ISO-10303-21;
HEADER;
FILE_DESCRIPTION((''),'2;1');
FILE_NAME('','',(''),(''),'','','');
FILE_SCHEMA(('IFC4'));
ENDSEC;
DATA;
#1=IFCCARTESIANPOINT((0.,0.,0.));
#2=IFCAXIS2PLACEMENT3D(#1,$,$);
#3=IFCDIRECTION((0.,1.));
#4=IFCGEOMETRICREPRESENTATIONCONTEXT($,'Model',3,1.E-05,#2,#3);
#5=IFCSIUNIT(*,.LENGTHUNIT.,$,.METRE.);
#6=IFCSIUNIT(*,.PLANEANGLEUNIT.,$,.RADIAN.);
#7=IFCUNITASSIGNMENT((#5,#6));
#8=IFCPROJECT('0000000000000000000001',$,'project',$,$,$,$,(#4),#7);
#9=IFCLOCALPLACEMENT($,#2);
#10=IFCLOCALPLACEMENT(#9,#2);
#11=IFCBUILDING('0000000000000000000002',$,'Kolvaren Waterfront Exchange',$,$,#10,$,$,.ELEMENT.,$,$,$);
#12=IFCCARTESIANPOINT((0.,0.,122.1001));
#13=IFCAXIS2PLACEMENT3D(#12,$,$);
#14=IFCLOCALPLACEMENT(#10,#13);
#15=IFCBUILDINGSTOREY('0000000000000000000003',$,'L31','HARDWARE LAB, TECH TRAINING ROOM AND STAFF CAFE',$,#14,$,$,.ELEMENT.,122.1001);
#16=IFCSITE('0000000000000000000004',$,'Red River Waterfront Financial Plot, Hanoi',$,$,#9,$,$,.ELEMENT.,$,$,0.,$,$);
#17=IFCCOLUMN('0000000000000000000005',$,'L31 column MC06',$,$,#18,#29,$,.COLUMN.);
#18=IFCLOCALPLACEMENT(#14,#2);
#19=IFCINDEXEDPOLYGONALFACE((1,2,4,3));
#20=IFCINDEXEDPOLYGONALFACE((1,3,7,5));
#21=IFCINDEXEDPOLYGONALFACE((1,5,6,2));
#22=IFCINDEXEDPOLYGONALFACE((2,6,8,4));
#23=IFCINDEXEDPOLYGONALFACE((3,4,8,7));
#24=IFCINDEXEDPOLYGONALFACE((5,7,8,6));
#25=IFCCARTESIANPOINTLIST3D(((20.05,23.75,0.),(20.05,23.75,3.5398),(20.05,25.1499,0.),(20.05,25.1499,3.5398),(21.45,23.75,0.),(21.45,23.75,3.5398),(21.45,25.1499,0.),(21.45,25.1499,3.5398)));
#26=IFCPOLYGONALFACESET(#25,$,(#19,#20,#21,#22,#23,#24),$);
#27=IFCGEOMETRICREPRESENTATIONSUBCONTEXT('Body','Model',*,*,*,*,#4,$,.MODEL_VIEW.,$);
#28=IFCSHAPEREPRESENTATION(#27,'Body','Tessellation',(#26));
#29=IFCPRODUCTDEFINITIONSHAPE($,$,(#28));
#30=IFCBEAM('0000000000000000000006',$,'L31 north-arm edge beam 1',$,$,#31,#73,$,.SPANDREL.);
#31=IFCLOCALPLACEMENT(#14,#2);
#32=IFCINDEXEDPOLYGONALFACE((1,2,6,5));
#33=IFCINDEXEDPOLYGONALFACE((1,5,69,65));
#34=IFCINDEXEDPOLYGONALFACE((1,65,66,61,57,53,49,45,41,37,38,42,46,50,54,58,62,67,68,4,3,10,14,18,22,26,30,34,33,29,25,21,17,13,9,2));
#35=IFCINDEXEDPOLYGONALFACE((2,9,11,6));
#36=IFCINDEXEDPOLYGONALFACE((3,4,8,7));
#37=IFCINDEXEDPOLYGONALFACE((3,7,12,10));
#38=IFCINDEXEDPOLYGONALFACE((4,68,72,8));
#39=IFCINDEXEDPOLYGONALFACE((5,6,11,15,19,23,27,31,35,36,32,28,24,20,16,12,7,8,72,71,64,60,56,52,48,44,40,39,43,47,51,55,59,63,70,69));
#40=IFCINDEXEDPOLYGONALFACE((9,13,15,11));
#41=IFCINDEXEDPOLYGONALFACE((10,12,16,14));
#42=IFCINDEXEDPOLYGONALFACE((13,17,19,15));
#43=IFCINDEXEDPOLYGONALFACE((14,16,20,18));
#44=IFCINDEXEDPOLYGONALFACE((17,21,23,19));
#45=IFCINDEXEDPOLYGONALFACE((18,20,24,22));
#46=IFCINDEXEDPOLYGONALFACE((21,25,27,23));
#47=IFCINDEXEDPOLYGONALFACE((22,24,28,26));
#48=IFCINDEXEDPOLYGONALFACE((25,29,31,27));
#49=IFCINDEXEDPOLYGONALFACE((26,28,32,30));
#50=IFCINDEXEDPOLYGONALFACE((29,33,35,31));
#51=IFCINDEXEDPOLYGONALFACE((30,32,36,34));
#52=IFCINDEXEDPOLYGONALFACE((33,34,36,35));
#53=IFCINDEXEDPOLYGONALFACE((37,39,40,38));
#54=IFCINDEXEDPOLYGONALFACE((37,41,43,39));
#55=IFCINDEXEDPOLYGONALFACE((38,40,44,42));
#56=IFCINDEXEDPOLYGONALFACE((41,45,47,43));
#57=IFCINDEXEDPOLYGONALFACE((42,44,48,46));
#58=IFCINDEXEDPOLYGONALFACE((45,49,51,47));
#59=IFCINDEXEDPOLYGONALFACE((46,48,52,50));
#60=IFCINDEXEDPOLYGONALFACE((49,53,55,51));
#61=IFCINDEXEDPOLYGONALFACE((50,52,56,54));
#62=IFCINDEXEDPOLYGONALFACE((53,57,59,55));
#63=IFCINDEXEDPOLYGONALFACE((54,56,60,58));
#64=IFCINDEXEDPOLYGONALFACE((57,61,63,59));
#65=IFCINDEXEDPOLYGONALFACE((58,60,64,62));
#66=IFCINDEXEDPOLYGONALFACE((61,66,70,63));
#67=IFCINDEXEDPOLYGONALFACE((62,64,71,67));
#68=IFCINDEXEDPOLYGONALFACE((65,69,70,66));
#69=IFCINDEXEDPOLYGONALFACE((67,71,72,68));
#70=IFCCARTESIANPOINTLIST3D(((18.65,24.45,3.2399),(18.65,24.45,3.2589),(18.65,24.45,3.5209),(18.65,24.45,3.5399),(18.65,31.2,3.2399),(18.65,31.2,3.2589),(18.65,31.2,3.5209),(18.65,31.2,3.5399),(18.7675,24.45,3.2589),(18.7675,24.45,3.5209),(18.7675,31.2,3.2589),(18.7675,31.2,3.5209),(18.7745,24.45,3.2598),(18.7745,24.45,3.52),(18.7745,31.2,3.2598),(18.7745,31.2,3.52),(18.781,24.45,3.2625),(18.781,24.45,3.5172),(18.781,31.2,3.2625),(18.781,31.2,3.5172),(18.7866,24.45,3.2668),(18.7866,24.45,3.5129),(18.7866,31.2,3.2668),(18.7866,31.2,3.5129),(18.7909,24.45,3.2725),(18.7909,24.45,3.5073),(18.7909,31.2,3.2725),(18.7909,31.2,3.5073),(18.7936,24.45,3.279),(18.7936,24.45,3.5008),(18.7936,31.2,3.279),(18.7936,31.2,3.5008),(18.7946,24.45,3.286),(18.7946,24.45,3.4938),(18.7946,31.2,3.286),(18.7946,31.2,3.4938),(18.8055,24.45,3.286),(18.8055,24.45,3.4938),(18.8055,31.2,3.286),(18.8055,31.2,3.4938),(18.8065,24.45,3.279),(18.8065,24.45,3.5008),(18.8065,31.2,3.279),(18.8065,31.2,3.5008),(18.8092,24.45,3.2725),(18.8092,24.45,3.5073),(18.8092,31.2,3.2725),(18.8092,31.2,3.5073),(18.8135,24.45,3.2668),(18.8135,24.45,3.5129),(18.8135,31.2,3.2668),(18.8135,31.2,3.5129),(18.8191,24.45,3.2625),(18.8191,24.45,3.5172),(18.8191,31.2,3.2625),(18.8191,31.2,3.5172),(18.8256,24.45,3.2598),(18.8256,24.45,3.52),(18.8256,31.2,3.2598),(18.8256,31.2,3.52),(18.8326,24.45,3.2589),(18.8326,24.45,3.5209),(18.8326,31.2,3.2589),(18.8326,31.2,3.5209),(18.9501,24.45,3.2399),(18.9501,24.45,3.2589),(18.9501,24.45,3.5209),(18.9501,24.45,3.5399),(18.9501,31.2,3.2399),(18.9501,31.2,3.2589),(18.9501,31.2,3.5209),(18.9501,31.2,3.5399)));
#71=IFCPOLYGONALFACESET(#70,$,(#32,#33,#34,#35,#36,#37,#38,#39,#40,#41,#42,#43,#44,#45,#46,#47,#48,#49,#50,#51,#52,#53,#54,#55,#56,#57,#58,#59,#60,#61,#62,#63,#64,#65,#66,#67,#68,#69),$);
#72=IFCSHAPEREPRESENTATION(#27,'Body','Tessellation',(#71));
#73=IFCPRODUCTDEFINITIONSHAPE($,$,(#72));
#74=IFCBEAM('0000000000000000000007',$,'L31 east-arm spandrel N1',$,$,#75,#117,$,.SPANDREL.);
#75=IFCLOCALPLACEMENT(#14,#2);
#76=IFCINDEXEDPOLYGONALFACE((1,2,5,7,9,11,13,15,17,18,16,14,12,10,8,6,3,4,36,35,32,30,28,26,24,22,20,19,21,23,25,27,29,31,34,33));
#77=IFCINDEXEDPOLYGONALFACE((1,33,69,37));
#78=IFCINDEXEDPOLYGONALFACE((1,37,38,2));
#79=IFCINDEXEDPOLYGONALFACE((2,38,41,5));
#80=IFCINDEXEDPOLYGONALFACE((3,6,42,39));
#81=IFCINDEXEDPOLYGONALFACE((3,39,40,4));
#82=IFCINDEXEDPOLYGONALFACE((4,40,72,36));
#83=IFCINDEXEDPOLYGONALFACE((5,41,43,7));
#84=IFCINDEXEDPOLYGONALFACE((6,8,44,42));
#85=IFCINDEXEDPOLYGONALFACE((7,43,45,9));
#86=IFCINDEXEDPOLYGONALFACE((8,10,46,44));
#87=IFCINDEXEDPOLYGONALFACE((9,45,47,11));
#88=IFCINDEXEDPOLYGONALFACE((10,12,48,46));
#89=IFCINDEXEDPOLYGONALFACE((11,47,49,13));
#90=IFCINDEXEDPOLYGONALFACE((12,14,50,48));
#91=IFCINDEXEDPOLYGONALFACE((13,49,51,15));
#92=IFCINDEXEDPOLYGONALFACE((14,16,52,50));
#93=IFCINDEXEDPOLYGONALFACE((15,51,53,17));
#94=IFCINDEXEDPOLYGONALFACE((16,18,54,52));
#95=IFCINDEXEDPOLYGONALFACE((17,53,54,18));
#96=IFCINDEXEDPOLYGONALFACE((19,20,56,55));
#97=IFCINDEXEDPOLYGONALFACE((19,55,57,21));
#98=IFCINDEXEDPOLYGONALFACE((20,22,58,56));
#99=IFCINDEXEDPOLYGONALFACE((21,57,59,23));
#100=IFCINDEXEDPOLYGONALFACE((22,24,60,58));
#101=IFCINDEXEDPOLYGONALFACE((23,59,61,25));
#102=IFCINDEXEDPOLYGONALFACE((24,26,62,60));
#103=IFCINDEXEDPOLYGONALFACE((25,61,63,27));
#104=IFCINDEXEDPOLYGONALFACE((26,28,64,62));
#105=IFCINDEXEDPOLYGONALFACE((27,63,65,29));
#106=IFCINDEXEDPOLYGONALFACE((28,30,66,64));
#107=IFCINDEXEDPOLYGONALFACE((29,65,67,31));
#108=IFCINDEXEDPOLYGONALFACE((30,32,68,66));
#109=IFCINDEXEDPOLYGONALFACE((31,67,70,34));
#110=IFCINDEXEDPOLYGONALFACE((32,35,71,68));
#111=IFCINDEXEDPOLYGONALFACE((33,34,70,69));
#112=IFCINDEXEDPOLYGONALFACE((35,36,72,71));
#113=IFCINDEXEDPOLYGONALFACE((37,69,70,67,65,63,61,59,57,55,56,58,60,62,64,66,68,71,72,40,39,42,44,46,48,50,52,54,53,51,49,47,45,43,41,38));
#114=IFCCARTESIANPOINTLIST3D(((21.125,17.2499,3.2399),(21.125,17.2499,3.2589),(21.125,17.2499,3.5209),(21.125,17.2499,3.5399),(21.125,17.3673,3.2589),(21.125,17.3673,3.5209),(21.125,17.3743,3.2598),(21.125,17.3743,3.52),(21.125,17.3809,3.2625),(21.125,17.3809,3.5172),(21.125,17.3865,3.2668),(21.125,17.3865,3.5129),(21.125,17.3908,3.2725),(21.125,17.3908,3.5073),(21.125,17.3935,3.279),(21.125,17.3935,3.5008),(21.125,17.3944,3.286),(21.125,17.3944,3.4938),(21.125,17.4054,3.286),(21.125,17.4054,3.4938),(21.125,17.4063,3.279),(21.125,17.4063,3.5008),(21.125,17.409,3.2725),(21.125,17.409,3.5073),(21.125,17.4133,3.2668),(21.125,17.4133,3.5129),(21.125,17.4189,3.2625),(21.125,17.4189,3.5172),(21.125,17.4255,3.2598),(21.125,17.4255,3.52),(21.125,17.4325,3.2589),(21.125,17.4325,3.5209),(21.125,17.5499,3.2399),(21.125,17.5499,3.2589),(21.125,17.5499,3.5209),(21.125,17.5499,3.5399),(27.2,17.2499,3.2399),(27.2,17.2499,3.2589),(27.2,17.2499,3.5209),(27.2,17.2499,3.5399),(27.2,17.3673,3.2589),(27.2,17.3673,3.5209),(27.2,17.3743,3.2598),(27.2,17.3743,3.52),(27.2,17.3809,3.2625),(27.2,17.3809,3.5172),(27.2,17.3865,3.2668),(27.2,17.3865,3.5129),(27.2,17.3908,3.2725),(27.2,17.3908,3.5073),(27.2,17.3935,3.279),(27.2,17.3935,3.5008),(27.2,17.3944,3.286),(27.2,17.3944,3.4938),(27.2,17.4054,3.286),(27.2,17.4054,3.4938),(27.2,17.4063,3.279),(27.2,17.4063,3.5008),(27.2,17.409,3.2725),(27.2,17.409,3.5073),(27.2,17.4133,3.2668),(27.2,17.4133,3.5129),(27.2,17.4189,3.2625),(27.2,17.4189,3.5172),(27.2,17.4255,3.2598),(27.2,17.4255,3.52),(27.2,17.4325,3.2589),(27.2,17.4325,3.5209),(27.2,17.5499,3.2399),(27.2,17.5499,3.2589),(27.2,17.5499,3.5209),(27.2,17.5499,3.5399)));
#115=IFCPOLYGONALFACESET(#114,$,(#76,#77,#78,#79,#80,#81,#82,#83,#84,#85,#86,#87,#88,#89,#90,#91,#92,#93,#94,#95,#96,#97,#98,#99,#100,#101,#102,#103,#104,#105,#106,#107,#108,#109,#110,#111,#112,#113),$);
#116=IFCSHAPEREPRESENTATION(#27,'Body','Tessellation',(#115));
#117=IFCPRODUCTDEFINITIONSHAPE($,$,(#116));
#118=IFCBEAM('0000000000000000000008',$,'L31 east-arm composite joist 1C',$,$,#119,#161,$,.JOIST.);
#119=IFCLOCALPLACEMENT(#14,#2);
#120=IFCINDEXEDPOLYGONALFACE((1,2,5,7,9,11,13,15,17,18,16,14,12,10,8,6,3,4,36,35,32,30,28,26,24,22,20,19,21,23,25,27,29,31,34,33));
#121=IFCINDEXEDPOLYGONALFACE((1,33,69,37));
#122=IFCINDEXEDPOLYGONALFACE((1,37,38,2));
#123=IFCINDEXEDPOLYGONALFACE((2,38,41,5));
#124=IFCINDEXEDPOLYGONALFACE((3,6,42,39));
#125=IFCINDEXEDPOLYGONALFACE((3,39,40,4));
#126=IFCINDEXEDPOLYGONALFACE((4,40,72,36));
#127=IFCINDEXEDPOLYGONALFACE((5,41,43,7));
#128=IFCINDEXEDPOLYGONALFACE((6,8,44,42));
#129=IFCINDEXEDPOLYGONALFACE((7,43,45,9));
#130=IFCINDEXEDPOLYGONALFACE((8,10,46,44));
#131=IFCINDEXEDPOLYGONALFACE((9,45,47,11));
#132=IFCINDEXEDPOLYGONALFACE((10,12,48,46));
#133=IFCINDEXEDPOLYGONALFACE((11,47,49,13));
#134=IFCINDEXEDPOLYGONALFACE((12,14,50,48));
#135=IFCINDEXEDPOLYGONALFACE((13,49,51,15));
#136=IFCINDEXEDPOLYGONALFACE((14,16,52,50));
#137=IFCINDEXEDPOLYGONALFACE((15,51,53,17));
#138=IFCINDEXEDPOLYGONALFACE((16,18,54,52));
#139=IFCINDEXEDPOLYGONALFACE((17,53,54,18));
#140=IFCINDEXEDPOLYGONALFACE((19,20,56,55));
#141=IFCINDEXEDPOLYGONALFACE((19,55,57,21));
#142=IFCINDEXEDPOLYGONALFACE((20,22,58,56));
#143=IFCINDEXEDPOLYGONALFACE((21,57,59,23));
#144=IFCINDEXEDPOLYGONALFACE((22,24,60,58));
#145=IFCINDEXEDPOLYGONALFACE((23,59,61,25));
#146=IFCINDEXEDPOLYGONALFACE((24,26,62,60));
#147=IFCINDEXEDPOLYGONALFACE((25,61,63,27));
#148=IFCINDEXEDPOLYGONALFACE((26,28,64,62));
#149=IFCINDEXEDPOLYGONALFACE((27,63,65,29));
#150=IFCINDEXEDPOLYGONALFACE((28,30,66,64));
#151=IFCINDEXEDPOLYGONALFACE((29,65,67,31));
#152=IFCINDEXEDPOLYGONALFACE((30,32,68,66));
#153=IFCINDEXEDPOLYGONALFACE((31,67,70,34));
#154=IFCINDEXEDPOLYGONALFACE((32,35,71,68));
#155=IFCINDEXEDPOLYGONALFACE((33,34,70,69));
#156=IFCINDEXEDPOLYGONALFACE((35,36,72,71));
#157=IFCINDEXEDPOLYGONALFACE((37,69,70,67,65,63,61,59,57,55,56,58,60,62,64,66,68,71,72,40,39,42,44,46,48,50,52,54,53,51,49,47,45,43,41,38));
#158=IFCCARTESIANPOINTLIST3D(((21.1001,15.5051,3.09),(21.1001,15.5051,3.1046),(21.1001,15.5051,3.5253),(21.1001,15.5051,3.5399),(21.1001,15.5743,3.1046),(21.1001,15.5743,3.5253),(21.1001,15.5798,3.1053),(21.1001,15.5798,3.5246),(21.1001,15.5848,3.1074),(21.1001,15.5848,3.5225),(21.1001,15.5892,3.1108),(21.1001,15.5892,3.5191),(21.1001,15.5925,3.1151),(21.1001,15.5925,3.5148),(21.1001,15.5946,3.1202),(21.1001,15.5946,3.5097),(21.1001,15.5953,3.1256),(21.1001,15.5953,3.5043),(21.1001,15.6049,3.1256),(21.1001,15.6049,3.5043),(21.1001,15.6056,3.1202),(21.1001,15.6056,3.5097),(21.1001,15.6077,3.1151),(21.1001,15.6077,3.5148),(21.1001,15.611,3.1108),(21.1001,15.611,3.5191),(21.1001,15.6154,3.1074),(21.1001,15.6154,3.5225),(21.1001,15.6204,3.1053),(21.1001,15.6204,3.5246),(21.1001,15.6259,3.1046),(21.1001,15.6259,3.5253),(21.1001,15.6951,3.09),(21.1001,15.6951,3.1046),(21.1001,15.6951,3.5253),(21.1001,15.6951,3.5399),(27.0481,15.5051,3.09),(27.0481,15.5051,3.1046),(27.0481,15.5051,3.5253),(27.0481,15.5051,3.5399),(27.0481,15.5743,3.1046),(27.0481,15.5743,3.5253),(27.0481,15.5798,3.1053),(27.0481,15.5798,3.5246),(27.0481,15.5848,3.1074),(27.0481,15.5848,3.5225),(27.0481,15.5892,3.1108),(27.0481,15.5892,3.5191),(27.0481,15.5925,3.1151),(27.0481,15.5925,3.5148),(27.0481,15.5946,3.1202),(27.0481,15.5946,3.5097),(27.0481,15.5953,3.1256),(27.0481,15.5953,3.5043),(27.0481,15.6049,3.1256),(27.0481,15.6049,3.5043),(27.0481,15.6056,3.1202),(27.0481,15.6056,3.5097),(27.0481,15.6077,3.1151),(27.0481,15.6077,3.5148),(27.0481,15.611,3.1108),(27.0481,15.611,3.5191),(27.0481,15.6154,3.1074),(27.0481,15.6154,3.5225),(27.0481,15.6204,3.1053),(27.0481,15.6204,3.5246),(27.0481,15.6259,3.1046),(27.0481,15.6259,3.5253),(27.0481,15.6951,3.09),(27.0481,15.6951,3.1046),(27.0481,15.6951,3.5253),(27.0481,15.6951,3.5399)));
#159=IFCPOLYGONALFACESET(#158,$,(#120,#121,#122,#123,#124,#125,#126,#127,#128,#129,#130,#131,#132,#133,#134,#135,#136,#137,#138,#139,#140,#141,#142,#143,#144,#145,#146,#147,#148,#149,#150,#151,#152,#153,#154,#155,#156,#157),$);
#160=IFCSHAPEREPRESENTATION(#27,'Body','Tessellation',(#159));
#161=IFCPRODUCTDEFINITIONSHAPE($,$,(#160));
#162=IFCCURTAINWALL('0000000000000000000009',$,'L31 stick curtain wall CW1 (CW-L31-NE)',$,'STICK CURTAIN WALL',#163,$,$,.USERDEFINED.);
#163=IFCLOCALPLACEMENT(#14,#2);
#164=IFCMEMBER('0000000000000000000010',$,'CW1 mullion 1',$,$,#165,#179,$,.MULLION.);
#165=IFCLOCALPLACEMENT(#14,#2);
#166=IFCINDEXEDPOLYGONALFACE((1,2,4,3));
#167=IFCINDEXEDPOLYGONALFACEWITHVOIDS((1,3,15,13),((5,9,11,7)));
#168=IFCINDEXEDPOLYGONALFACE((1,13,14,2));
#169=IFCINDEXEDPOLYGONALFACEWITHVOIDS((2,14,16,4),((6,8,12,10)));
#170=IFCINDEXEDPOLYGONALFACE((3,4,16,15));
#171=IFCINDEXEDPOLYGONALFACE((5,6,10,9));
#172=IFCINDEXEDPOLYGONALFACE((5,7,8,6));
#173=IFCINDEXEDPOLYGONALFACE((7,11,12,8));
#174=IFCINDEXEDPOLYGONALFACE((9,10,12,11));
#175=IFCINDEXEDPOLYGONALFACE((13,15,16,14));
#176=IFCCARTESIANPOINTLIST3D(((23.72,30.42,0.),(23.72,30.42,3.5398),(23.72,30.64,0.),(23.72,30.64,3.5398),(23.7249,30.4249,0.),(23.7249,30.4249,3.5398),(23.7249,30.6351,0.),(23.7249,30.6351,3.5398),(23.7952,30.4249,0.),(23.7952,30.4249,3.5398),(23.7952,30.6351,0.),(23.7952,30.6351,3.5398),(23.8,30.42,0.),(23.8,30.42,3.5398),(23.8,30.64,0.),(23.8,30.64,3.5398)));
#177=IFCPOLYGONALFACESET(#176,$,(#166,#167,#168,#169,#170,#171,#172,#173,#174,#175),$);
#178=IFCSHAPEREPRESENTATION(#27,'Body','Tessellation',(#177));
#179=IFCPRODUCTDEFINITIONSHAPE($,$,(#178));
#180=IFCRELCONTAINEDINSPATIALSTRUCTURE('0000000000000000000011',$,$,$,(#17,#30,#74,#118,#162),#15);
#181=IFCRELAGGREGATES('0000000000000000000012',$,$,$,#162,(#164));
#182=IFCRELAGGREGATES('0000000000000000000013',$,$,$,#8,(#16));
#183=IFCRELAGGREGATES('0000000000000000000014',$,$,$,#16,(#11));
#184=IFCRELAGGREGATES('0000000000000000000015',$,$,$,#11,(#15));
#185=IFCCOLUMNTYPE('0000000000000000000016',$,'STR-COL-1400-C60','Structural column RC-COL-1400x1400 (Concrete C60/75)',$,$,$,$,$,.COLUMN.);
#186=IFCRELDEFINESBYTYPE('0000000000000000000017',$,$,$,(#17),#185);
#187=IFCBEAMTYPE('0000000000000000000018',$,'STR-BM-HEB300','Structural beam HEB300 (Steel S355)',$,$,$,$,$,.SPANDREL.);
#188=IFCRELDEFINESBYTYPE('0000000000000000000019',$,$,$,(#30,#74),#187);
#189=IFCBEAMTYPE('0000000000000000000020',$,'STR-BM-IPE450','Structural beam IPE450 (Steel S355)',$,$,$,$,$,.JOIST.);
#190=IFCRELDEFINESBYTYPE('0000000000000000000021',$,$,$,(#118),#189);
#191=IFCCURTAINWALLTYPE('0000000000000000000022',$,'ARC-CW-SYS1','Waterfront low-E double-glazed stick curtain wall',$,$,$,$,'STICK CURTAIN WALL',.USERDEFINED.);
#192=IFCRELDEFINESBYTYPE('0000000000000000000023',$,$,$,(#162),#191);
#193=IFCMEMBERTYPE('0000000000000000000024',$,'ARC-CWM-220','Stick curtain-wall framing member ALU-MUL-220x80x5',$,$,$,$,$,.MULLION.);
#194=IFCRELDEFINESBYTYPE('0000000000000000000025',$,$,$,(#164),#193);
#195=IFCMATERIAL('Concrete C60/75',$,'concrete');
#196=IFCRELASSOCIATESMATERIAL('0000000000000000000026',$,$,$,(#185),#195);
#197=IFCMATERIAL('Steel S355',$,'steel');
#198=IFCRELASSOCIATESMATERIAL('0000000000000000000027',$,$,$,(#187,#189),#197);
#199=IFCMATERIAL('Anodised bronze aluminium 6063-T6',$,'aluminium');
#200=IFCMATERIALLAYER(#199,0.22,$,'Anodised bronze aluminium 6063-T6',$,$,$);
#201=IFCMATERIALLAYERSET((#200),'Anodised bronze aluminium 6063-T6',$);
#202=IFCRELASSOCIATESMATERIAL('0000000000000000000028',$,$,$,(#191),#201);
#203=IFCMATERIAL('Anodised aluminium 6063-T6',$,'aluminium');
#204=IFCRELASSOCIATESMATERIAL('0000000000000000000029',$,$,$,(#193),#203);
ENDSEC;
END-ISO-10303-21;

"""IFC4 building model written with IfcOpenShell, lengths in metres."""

from ifc_helpers import new_model, si_unit, direction, frame, origin, origin_with_axes, origin_2d, place, context, subcontext, project, spatial, rectangle, hollow_rectangle, i_section, extrude, source, transform, mapped, material, layer, layer_set, material_profile, profile_set, type_object, element, aggregate, save


model = new_model("IFC4")

# Units and contexts
model_context = context("Model", 3, precision=1e-05, world=origin(), true_north=direction((0.0, 1.0)))
body_context = subcontext(model_context, "Body", "Model", "MODEL_VIEW")
ifc_project = project(units=[si_unit("LENGTHUNIT", "METRE"), si_unit("PLANEANGLEUNIT", "RADIAN")], contexts=[model_context])

# Site, building, storey
site_placement = place(None, origin())
site = spatial("IfcSite", under=ifc_project, at=site_placement, Name="Red River Waterfront Financial Plot, Hanoi", CompositionType="ELEMENT", RefElevation=0.0)
building_placement = place(site_placement, origin())
building = spatial("IfcBuilding", under=site, at=building_placement, Name="Kolvaren Waterfront Exchange", CompositionType="ELEMENT")
storey_placement = place(building_placement, frame((0.0, 0.0, 122.1001)))
storey = spatial("IfcBuildingStorey", under=building, at=storey_placement, Name="L31", Description="HARDWARE LAB, TECH TRAINING ROOM AND STAFF CAFE", CompositionType="ELEMENT", Elevation=122.1001)

# Column
ifc_material_1 = material(Name="Concrete C60/75", Category="concrete")
ifc_material_profile_1 = material_profile(ifc_material_1, rectangle(XDim=1.3999, YDim=1.3999, at=origin_2d()), Name="RC-COL-1400x1400")
ifc_profile_set_1 = profile_set([ifc_material_profile_1], Name="Concrete C60/75")
column_type = type_object("IfcColumnType", Name="STR-COL-1400-C60", Description="Structural column RC-COL-1400x1400 (Concrete C60/75)", PredefinedType="COLUMN", material=ifc_profile_set_1)
column_placement = place(storey_placement, frame((20.75, 24.45, 0.0), z_axis=(0.0, 0.0, 1.0), x_axis=(1.0, 0.0, 0.0)))
element("IfcColumn", 1, at=column_placement, inside=storey, type_object=column_type, Name="L31 column MC06", PredefinedType="COLUMN", context=body_context, shape_type="SweptSolid", body=[
    extrude(rectangle(XDim=1.3999, YDim=1.3999, at=origin_2d()), origin(), (0.0, 0.0, 1.0), 3.5398),
])

# Beams
ifc_material_2 = material(Name="Steel S355", Category="steel")
ifc_material_profile_2 = material_profile(ifc_material_2, i_section(OverallWidth=0.3, OverallDepth=0.3, WebThickness=0.011, FlangeThickness=0.019, FilletRadius=0.0271, at=origin_2d()), Name="HEB300")
ifc_profile_set_2 = profile_set([ifc_material_profile_2], Name="Steel S355")
beam_type_1 = type_object("IfcBeamType", Name="STR-BM-HEB300", Description="Structural beam HEB300 (Steel S355)", PredefinedType="SPANDREL", material=ifc_profile_set_2)
beam_1_placement = place(storey_placement, frame((18.8, 24.45, 3.3899), z_axis=(0.0, 1.0, 0.0), x_axis=(-1.0, 0.0, 0.0)))
element("IfcBeam", 2, at=beam_1_placement, inside=storey, type_object=beam_type_1, Name="L31 north-arm edge beam 1", PredefinedType="SPANDREL", context=body_context, shape_type="SweptSolid", body=[
    extrude(i_section(OverallWidth=0.3, OverallDepth=0.3, WebThickness=0.011, FlangeThickness=0.019, FilletRadius=0.0271, at=origin_2d()), origin(), (0.0, 0.0, 1.0), 6.75),
])
beam_2_placement = place(storey_placement, frame((21.125, 17.3999, 3.3899), z_axis=(1.0, 0.0, 0.0), x_axis=(0.0, 1.0, 0.0)))
element("IfcBeam", 3, at=beam_2_placement, inside=storey, type_object=beam_type_1, Name="L31 east-arm spandrel N1", PredefinedType="SPANDREL", context=body_context, shape_type="SweptSolid", body=[
    extrude(i_section(OverallWidth=0.3, OverallDepth=0.3, WebThickness=0.011, FlangeThickness=0.019, FilletRadius=0.0271, at=origin_2d()), origin(), (0.0, 0.0, 1.0), 6.075),
])
ifc_material_profile_3 = material_profile(ifc_material_2, i_section(OverallWidth=0.1899, OverallDepth=0.45, WebThickness=0.0095, FlangeThickness=0.0146, FilletRadius=0.021, at=origin_2d()), Name="IPE450")
ifc_profile_set_3 = profile_set([ifc_material_profile_3], Name="Steel S355")
beam_type_2 = type_object("IfcBeamType", Name="STR-BM-IPE450", Description="Structural beam IPE450 (Steel S355)", PredefinedType="JOIST", material=ifc_profile_set_3)
beam_3_placement = place(storey_placement, frame((21.1001, 15.6001, 3.3149), z_axis=(1.0, 0.0, 0.0), x_axis=(0.0, 1.0, 0.0)))
element("IfcBeam", 4, at=beam_3_placement, inside=storey, type_object=beam_type_2, Name="L31 east-arm composite joist 1C", PredefinedType="JOIST", context=body_context, shape_type="SweptSolid", body=[
    extrude(i_section(OverallWidth=0.1899, OverallDepth=0.45, WebThickness=0.0095, FlangeThickness=0.0146, FilletRadius=0.021, at=origin_2d()), origin(), (0.0, 0.0, 1.0), 5.948),
])

# Curtain wall, member
ifc_material_3 = material(Name="Anodised bronze aluminium 6063-T6", Category="aluminium")
ifc_layer_1 = layer(ifc_material_3, 0.22, Name="Anodised bronze aluminium 6063-T6")
ifc_layer_set_1 = layer_set([ifc_layer_1], Name="Anodised bronze aluminium 6063-T6")
curtain_wall_type = type_object("IfcCurtainWallType", Name="ARC-CW-SYS1", Description="Waterfront low-E double-glazed stick curtain wall", ElementType="STICK CURTAIN WALL", PredefinedType="USERDEFINED", material=ifc_layer_set_1)
curtain_wall_placement = place(storey_placement, origin())
curtain_wall = element("IfcCurtainWall", 5, at=curtain_wall_placement, inside=storey, type_object=curtain_wall_type, Name="L31 stick curtain wall CW1 (CW-L31-NE)", ObjectType="STICK CURTAIN WALL", PredefinedType="USERDEFINED")
ifc_material_4 = material(Name="Anodised aluminium 6063-T6", Category="aluminium")
ifc_material_profile_4 = material_profile(ifc_material_4, hollow_rectangle(XDim=0.0801, YDim=0.22, WallThickness=0.0049, at=origin_2d()), Name="ALU-MUL-220x80x5")
ifc_profile_set_4 = profile_set([ifc_material_profile_4], Name="Anodised aluminium 6063-T6")
member_type_1 = type_object("IfcMemberType", Name="ARC-CWM-220", Description="Stick curtain-wall framing member ALU-MUL-220x80x5", PredefinedType="MULLION", material=ifc_profile_set_4)
shared_shape_1 = source(origin_with_axes(), body_context, "Body", "SweptSolid", [
    extrude(hollow_rectangle(XDim=0.0801, YDim=0.22, WallThickness=0.0049, at=origin_2d()), origin(), (0.0, 0.0, 1.0), 3.5398),
])
member_1_placement = place(storey_placement, frame((23.76, 30.53, 0.0), z_axis=(0.0, 0.0, 1.0), x_axis=(-1.0, 0.0, 0.0)))
member_1 = element("IfcMember", 6, at=member_1_placement, type_object=member_type_1, Name="CW1 mullion 1", PredefinedType="MULLION", context=body_context, shape_type="MappedRepresentation", body=[
    mapped(shared_shape_1, transform((0.0, 0.0, 0.0), x_axis=(1.0, 0.0, 0.0), y_axis=(0.0, 1.0, 0.0), z_axis=(0.0, 0.0, 1.0), scale=1.0)),
])
aggregate(curtain_wall, [member_1])

save(model, "model.ifc")
